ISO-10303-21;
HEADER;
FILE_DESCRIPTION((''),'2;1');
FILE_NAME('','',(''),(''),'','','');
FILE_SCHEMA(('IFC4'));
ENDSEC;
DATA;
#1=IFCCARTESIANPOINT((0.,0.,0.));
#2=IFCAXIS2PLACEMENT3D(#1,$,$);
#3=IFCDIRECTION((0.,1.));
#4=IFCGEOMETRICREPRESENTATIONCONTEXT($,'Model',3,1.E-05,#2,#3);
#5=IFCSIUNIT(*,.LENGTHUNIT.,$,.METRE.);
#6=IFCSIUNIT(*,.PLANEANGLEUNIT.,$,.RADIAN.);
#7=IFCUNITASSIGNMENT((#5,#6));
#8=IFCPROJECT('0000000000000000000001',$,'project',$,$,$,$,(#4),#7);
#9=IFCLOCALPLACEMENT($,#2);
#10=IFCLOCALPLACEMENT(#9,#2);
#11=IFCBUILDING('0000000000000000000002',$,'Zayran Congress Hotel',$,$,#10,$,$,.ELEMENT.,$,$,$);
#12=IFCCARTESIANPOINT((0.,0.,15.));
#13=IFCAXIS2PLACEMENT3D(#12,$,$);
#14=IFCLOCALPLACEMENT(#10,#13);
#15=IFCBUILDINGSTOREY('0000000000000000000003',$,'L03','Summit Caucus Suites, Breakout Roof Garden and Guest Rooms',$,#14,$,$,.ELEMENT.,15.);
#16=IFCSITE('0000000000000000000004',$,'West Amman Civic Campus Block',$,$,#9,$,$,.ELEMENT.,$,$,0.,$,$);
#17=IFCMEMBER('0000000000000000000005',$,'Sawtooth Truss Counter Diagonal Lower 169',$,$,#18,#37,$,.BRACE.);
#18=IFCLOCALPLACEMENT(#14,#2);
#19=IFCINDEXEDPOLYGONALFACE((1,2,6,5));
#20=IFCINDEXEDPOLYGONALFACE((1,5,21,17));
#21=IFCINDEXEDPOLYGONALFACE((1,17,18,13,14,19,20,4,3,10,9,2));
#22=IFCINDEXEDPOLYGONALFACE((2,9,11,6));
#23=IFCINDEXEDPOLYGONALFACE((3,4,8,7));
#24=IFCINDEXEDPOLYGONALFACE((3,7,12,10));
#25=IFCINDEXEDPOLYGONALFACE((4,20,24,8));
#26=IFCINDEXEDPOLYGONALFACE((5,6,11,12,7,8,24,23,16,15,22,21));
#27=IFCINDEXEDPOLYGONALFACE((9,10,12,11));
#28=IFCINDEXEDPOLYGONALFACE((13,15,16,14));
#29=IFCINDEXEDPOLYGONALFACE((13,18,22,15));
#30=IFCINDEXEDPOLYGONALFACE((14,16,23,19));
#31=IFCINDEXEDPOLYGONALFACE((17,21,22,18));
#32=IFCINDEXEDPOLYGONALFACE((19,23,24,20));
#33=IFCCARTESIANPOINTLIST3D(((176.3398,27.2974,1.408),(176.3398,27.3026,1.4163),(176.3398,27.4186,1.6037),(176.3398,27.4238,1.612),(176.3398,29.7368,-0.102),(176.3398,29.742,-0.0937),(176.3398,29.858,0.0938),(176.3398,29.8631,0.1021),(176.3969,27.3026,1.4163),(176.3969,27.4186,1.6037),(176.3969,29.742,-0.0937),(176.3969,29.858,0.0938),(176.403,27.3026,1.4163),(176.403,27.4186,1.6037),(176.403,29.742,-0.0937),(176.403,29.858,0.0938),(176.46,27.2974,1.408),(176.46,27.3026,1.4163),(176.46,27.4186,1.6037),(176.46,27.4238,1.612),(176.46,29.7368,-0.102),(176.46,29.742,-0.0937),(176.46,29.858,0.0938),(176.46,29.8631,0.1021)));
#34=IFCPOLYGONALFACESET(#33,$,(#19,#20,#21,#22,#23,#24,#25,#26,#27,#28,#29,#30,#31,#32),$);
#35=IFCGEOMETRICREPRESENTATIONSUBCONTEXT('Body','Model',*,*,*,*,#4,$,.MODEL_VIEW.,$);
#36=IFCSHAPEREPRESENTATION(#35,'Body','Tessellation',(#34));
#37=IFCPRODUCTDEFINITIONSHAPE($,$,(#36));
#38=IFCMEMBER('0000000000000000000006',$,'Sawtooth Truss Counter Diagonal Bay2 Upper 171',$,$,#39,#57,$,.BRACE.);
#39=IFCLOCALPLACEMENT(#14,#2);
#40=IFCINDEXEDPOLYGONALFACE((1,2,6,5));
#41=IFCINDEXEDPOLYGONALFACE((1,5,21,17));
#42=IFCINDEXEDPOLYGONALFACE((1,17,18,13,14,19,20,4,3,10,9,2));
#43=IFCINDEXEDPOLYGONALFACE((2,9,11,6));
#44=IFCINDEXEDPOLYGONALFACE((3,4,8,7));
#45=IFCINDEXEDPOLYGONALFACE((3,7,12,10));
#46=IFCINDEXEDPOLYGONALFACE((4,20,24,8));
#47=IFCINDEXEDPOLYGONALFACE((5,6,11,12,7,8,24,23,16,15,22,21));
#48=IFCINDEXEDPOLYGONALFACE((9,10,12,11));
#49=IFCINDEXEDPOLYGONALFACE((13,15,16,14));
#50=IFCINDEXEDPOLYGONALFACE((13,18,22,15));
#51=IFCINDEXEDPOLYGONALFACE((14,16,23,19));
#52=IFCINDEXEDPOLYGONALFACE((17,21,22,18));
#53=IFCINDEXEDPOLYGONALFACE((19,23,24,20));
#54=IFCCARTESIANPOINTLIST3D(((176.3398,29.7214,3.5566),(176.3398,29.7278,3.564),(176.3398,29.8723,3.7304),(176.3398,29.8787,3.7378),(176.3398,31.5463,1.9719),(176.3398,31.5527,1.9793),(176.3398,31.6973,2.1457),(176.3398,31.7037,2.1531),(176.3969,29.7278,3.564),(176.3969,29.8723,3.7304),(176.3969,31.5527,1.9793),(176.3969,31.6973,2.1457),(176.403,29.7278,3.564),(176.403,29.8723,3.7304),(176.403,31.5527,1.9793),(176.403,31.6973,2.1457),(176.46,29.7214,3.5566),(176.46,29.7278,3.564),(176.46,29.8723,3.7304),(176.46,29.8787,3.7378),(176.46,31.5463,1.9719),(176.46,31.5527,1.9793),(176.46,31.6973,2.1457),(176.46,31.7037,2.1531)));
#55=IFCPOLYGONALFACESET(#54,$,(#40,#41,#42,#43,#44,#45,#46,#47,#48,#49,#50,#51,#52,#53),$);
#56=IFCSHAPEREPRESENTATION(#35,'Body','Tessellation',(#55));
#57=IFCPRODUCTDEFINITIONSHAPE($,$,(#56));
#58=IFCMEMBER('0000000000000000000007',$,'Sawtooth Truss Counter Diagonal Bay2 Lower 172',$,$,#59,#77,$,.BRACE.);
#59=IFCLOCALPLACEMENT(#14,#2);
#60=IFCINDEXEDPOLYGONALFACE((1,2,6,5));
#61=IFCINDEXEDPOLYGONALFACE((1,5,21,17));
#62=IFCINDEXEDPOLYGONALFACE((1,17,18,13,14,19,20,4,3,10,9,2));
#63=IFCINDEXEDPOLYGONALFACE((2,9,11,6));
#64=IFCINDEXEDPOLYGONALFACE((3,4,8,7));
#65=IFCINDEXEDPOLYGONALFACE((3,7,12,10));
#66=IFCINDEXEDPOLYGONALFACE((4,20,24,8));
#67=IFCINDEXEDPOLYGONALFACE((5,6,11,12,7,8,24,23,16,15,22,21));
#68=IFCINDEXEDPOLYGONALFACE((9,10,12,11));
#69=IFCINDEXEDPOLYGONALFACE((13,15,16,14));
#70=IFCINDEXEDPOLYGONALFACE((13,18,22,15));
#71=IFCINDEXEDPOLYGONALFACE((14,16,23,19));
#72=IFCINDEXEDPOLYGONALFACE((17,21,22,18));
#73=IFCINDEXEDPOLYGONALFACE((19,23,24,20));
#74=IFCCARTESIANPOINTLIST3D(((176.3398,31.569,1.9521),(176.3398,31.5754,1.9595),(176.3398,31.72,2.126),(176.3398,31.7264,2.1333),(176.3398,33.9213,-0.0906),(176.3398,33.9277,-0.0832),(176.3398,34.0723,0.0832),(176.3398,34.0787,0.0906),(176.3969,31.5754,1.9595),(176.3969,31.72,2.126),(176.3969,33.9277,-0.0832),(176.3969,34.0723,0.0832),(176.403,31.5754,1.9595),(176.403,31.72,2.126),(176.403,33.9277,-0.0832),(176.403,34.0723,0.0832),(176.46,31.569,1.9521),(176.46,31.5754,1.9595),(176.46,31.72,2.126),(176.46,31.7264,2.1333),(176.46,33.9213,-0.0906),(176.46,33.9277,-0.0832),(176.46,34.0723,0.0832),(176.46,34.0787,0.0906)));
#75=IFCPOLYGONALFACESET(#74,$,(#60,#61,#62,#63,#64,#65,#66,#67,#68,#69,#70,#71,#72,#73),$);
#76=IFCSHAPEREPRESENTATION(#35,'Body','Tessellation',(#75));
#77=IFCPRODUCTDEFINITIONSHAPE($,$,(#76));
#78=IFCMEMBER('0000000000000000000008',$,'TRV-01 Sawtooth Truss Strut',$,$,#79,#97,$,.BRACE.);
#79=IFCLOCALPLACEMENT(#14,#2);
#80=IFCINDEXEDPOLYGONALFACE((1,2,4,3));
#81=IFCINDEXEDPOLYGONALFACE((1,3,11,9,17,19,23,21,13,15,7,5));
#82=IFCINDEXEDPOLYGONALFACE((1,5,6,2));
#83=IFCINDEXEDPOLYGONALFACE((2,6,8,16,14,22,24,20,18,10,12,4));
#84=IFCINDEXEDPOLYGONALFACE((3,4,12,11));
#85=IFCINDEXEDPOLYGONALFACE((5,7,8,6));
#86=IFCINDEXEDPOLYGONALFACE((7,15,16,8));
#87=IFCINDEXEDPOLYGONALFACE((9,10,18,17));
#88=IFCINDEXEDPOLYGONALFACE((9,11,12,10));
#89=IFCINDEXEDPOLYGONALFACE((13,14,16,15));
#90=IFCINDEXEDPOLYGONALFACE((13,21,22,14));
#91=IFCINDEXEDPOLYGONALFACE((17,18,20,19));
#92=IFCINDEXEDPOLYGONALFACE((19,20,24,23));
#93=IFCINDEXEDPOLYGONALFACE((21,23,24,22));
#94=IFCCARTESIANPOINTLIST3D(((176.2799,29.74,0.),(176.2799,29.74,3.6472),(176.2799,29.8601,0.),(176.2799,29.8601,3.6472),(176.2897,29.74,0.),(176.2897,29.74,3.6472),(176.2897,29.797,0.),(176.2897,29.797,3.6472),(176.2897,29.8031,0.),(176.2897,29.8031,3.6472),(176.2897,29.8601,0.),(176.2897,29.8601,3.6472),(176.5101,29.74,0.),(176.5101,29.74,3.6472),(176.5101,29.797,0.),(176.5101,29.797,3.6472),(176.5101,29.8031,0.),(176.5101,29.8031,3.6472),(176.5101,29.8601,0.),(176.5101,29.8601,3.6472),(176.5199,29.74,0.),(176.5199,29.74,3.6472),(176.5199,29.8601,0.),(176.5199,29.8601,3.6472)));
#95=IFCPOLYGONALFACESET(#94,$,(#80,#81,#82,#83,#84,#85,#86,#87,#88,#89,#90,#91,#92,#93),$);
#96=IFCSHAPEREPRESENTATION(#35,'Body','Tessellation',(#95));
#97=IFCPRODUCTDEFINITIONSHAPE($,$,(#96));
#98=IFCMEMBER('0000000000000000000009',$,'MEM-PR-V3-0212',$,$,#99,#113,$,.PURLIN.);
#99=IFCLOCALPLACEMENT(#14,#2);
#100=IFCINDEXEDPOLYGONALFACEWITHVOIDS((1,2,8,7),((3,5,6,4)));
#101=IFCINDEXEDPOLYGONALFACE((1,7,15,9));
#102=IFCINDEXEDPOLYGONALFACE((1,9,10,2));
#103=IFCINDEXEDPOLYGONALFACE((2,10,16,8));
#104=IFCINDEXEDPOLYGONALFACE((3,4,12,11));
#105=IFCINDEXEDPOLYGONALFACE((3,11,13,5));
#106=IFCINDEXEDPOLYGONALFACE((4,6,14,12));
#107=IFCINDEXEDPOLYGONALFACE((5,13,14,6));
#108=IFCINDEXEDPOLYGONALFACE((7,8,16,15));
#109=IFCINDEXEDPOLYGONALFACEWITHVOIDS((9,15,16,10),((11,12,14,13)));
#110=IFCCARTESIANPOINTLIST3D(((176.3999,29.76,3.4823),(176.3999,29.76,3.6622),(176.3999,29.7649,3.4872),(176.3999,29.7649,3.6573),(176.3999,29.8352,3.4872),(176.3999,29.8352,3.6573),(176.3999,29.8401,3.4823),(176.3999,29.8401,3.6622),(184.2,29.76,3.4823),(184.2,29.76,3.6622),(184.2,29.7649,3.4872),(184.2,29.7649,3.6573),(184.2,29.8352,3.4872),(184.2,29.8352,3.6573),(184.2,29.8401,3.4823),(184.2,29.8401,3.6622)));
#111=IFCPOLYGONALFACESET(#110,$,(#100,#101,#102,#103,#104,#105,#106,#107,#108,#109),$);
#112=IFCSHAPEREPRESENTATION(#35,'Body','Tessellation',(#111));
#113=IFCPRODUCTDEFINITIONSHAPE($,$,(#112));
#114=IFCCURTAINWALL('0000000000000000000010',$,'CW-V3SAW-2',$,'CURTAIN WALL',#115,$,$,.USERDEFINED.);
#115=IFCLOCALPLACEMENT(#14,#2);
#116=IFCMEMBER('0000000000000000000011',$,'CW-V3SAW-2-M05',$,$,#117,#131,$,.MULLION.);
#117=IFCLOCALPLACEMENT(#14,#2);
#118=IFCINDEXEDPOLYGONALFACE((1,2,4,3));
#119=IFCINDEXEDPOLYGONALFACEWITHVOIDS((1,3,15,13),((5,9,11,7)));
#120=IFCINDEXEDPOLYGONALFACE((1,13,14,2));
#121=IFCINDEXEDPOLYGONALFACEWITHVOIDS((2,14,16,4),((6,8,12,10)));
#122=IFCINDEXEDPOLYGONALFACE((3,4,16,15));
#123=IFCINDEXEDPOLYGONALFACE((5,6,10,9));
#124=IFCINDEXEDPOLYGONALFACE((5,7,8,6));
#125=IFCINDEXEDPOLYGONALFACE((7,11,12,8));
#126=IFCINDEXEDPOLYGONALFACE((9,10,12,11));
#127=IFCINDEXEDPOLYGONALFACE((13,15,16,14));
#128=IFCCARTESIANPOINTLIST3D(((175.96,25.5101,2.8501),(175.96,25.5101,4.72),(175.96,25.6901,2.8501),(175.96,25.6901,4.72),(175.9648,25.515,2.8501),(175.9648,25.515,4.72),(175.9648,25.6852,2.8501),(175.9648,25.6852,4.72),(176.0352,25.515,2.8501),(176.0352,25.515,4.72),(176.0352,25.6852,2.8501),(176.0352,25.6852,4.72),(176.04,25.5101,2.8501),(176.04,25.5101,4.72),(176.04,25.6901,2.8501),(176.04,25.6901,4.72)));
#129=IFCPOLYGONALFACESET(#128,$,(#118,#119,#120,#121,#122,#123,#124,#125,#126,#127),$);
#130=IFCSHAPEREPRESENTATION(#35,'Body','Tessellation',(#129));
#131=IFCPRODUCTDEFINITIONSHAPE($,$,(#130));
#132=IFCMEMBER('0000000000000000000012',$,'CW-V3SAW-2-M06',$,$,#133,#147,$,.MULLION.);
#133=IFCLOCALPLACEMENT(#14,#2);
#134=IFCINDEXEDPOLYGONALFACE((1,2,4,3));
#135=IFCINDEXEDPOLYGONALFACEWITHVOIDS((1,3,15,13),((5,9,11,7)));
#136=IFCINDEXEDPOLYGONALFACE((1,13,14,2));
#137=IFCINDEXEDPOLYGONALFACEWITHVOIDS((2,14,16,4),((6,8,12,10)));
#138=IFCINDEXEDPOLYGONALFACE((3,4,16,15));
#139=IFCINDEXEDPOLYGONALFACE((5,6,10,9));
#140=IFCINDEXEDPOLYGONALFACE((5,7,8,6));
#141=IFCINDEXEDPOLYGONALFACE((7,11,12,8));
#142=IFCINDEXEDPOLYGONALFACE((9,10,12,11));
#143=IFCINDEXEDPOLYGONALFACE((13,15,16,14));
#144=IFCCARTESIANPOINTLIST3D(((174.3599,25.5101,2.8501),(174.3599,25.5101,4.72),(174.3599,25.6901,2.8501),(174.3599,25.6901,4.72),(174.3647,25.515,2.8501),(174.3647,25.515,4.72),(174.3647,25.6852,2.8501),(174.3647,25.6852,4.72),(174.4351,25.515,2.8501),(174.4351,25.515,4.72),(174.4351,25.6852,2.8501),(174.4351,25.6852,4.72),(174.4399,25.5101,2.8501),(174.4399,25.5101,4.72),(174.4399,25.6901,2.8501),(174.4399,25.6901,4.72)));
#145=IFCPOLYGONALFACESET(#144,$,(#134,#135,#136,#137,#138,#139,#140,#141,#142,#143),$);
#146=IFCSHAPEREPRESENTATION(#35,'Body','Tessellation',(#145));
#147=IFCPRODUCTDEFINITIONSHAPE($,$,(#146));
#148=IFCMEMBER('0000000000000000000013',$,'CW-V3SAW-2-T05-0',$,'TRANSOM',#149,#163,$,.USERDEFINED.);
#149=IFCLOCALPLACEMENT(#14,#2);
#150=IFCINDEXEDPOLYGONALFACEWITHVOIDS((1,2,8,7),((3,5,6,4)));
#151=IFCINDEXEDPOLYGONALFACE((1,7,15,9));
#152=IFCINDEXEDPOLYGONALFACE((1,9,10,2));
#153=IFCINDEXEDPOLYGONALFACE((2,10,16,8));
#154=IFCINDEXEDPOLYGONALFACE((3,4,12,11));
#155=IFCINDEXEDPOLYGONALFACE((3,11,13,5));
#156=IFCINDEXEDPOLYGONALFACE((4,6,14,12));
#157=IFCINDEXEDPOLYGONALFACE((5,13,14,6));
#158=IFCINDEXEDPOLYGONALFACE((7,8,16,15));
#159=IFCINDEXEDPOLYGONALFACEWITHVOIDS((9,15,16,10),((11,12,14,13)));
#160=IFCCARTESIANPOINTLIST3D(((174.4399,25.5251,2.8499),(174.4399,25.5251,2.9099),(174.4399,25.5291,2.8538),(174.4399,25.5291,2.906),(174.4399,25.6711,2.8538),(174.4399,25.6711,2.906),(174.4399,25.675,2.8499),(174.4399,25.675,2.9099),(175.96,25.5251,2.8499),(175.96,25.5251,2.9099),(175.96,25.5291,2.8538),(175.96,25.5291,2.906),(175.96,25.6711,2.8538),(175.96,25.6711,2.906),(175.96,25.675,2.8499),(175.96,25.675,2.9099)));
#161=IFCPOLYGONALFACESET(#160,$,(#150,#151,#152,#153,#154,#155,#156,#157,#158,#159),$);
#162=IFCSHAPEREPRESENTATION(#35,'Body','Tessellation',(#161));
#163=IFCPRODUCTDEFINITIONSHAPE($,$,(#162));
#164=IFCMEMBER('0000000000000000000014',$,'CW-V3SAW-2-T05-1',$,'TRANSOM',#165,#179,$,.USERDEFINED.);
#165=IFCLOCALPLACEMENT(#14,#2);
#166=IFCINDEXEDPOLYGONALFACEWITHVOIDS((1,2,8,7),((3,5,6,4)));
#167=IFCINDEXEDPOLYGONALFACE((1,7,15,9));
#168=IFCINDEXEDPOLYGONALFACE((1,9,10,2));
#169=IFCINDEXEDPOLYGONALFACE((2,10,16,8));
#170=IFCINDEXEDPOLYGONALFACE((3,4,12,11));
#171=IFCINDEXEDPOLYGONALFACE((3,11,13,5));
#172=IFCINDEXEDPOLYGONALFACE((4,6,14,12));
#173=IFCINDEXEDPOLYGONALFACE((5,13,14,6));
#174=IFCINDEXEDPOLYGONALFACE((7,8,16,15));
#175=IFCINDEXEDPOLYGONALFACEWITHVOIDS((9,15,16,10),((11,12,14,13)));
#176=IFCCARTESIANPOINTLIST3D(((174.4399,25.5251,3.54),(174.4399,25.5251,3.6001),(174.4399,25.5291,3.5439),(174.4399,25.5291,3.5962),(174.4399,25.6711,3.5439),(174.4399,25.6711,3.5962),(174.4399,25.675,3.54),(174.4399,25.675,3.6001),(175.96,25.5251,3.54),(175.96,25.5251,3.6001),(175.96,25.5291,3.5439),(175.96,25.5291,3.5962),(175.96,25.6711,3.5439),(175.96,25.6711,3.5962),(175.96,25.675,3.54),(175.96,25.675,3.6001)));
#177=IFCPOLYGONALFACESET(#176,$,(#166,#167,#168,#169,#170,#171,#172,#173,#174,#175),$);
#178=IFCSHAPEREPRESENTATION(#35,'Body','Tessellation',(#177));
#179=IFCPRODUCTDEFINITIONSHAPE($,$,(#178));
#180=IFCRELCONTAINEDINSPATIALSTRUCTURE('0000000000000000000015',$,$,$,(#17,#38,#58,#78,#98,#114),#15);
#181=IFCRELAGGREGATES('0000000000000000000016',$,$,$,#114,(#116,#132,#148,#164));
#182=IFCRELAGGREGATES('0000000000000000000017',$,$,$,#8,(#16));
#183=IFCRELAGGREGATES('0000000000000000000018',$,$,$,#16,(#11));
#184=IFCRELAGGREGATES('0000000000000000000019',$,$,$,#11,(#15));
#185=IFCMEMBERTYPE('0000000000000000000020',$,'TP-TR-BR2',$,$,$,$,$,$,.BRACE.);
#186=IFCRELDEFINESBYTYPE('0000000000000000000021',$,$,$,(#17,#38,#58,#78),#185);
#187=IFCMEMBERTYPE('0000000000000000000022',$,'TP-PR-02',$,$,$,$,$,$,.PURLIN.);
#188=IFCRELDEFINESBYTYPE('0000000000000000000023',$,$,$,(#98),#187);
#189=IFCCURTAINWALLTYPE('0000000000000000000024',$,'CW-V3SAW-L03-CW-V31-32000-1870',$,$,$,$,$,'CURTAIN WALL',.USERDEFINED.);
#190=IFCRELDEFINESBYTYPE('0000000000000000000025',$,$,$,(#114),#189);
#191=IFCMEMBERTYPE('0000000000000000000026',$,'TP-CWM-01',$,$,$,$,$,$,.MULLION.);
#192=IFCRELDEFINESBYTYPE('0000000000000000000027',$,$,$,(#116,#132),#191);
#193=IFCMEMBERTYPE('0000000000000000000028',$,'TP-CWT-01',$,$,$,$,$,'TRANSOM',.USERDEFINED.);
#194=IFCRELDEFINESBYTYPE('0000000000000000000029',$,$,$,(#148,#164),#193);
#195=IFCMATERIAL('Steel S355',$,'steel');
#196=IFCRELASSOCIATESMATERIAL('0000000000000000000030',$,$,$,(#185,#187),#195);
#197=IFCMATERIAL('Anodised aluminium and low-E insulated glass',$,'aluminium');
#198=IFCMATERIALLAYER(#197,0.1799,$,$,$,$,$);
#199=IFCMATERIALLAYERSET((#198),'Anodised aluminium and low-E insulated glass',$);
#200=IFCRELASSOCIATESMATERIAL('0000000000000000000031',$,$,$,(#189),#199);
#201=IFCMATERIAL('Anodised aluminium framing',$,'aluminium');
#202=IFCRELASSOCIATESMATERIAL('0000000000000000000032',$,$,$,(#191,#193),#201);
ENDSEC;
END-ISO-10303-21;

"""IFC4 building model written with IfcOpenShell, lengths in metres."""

from ifc_helpers import new_model, si_unit, direction, frame, origin, origin_2d, place, context, subcontext, project, spatial, hollow_rectangle, i_section, extrude, material, layer, layer_set, material_profile, profile_set, type_object, element, aggregate, save


model = new_model("IFC4")

# Units and contexts
model_context = context("Model", 3, precision=1e-05, world=origin(), true_north=direction((0.0, 1.0)))
body_context = subcontext(model_context, "Body", "Model", "MODEL_VIEW")
ifc_project = project(units=[si_unit("LENGTHUNIT", "METRE"), si_unit("PLANEANGLEUNIT", "RADIAN")], contexts=[model_context])

# Site, building, storey
site_placement = place(None, origin())
site = spatial("IfcSite", under=ifc_project, at=site_placement, Name="West Amman Civic Campus Block", CompositionType="ELEMENT", RefElevation=0.0)
building_placement = place(site_placement, origin())
building = spatial("IfcBuilding", under=site, at=building_placement, Name="Zayran Congress Hotel", CompositionType="ELEMENT")
storey_placement = place(building_placement, frame((0.0, 0.0, 15.0)))
storey = spatial("IfcBuildingStorey", under=building, at=storey_placement, Name="L03", Description="Summit Caucus Suites, Breakout Roof Garden and Guest Rooms", CompositionType="ELEMENT", Elevation=15.0)

# Members
ifc_material_1 = material(Name="Steel S355", Category="steel")
ifc_material_profile_1 = material_profile(ifc_material_1, i_section(OverallWidth=0.1201, OverallDepth=0.24, WebThickness=0.0061, FlangeThickness=0.0098, at=origin_2d()), Name="IPE 240")
ifc_profile_set_1 = profile_set([ifc_material_profile_1], Name="Steel S355")
member_type_1 = type_object("IfcMemberType", Name="TP-TR-BR2", PredefinedType="BRACE", material=ifc_profile_set_1)
member_1_placement = place(storey_placement, frame((176.3999, 27.3606, 1.51), z_axis=(0.0, 0.850285, -0.526322), x_axis=(-1.0, 0.0, 0.0)))
element("IfcMember", 1, at=member_1_placement, inside=storey, type_object=member_type_1, Name="Sawtooth Truss Counter Diagonal Lower 169", PredefinedType="BRACE", context=body_context, shape_type="SweptSolid", body=[
    extrude(i_section(OverallWidth=0.1201, OverallDepth=0.24, WebThickness=0.0061, FlangeThickness=0.0098, at=origin_2d()), origin(), (0.0, 0.0, 1.0), 2.8689),
])
member_2_placement = place(storey_placement, frame((176.3999, 29.8, 3.6472), z_axis=(0.0, 0.755055, -0.655661), x_axis=(-1.0, 0.0, 0.0)))
element("IfcMember", 2, at=member_2_placement, inside=storey, type_object=member_type_1, Name="Sawtooth Truss Counter Diagonal Bay2 Upper 171", PredefinedType="BRACE", context=body_context, shape_type="SweptSolid", body=[
    extrude(i_section(OverallWidth=0.1201, OverallDepth=0.24, WebThickness=0.0061, FlangeThickness=0.0098, at=origin_2d()), origin(), (0.0, 0.0, 1.0), 2.417),
])
member_3_placement = place(storey_placement, frame((176.3999, 31.6477, 2.0427), z_axis=(0.0, 0.755042, -0.655676), x_axis=(-1.0, 0.0, 0.0)))
element("IfcMember", 3, at=member_3_placement, inside=storey, type_object=member_type_1, Name="Sawtooth Truss Counter Diagonal Bay2 Lower 172", PredefinedType="BRACE", context=body_context, shape_type="SweptSolid", body=[
    extrude(i_section(OverallWidth=0.1201, OverallDepth=0.24, WebThickness=0.0061, FlangeThickness=0.0098, at=origin_2d()), origin(), (0.0, 0.0, 1.0), 3.1155),
])
member_4_placement = place(storey_placement, frame((176.3999, 29.8, 0.0), z_axis=(0.0, 0.0, 1.0), x_axis=(0.0, 1.0, 0.0)))
element("IfcMember", 4, at=member_4_placement, inside=storey, type_object=member_type_1, Name="TRV-01 Sawtooth Truss Strut", PredefinedType="BRACE", context=body_context, shape_type="SweptSolid", body=[
    extrude(i_section(OverallWidth=0.1201, OverallDepth=0.24, WebThickness=0.0061, FlangeThickness=0.0098, at=origin_2d()), origin(), (0.0, 0.0, 1.0), 3.6472),
])
ifc_material_profile_2 = material_profile(ifc_material_1, hollow_rectangle(XDim=0.0801, YDim=0.1799, WallThickness=0.0049, at=origin_2d()), Name="RHS 180x80x5")
ifc_profile_set_2 = profile_set([ifc_material_profile_2], Name="Steel S355")
member_type_2 = type_object("IfcMemberType", Name="TP-PR-02", PredefinedType="PURLIN", material=ifc_profile_set_2)
member_5_placement = place(storey_placement, frame((176.3999, 29.8, 3.5723), z_axis=(1.0, 0.0, 0.0), x_axis=(0.0, 1.0, 0.0)))
element("IfcMember", 5, at=member_5_placement, inside=storey, type_object=member_type_2, Name="MEM-PR-V3-0212", PredefinedType="PURLIN", context=body_context, shape_type="SweptSolid", body=[
    extrude(hollow_rectangle(XDim=0.0801, YDim=0.1799, WallThickness=0.0049, at=origin_2d()), origin(), (0.0, 0.0, 1.0), 7.8),
])

# Curtain wall, members
ifc_material_2 = material(Name="Anodised aluminium and low-E insulated glass", Category="aluminium")
ifc_layer_1 = layer(ifc_material_2, 0.1799)
ifc_layer_set_1 = layer_set([ifc_layer_1], Name="Anodised aluminium and low-E insulated glass")
curtain_wall_type = type_object("IfcCurtainWallType", Name="CW-V3SAW-L03-CW-V31-32000-1870", ElementType="CURTAIN WALL", PredefinedType="USERDEFINED", material=ifc_layer_set_1)
curtain_wall_placement = place(storey_placement, origin())
curtain_wall = element("IfcCurtainWall", 6, at=curtain_wall_placement, inside=storey, type_object=curtain_wall_type, Name="CW-V3SAW-2", ObjectType="CURTAIN WALL", PredefinedType="USERDEFINED")
ifc_material_3 = material(Name="Anodised aluminium framing", Category="aluminium")
ifc_material_profile_3 = material_profile(ifc_material_3, hollow_rectangle(XDim=0.0801, YDim=0.1799, WallThickness=0.0049, at=origin_2d()), Name="RHS 180x80x5")
ifc_profile_set_3 = profile_set([ifc_material_profile_3], Name="Anodised aluminium framing")
member_type_3 = type_object("IfcMemberType", Name="TP-CWM-01", PredefinedType="MULLION", material=ifc_profile_set_3)
member_6_placement = place(storey_placement, frame((176.0, 25.6001, 2.8501), z_axis=(0.0, 0.0, 1.0), x_axis=(1.0, 0.0, 0.0)))
member_6 = element("IfcMember", 7, at=member_6_placement, type_object=member_type_3, Name="CW-V3SAW-2-M05", PredefinedType="MULLION", context=body_context, shape_type="SweptSolid", body=[
    extrude(hollow_rectangle(XDim=0.0801, YDim=0.1799, WallThickness=0.0049, at=origin_2d()), origin(), (0.0, 0.0, 1.0), 1.8699),
])
member_7_placement = place(storey_placement, frame((174.3999, 25.6001, 2.8501), z_axis=(0.0, 0.0, 1.0), x_axis=(1.0, 0.0, 0.0)))
member_7 = element("IfcMember", 8, at=member_7_placement, type_object=member_type_3, Name="CW-V3SAW-2-M06", PredefinedType="MULLION", context=body_context, shape_type="SweptSolid", body=[
    extrude(hollow_rectangle(XDim=0.0801, YDim=0.1799, WallThickness=0.0049, at=origin_2d()), origin(), (0.0, 0.0, 1.0), 1.8699),
])
ifc_material_profile_4 = material_profile(ifc_material_3, hollow_rectangle(XDim=0.0601, YDim=0.1499, WallThickness=0.0039, at=origin_2d()), Name="RHS 150x60x4")
ifc_profile_set_4 = profile_set([ifc_material_profile_4], Name="Anodised aluminium framing")
member_type_4 = type_object("IfcMemberType", Name="TP-CWT-01", ElementType="TRANSOM", PredefinedType="USERDEFINED", material=ifc_profile_set_4)
member_8_placement = place(storey_placement, frame((175.96, 25.6001, 2.8799), z_axis=(-1.0, 0.0, 0.0), x_axis=(0.0, 0.0, 1.0)))
member_8 = element("IfcMember", 9, at=member_8_placement, type_object=member_type_4, Name="CW-V3SAW-2-T05-0", ObjectType="TRANSOM", PredefinedType="USERDEFINED", context=body_context, shape_type="SweptSolid", body=[
    extrude(hollow_rectangle(XDim=0.0601, YDim=0.1499, WallThickness=0.0039, at=origin_2d()), origin(), (0.0, 0.0, 1.0), 1.52),
])
member_9_placement = place(storey_placement, frame((175.96, 25.6001, 3.5701), z_axis=(-1.0, 0.0, 0.0), x_axis=(0.0, 0.0, 1.0)))
member_9 = element("IfcMember", 10, at=member_9_placement, type_object=member_type_4, Name="CW-V3SAW-2-T05-1", ObjectType="TRANSOM", PredefinedType="USERDEFINED", context=body_context, shape_type="SweptSolid", body=[
    extrude(hollow_rectangle(XDim=0.0601, YDim=0.1499, WallThickness=0.0039, at=origin_2d()), origin(), (0.0, 0.0, 1.0), 1.52),
])

aggregate(curtain_wall, [member_6, member_7, member_8, member_9])

save(model, "model.ifc")
